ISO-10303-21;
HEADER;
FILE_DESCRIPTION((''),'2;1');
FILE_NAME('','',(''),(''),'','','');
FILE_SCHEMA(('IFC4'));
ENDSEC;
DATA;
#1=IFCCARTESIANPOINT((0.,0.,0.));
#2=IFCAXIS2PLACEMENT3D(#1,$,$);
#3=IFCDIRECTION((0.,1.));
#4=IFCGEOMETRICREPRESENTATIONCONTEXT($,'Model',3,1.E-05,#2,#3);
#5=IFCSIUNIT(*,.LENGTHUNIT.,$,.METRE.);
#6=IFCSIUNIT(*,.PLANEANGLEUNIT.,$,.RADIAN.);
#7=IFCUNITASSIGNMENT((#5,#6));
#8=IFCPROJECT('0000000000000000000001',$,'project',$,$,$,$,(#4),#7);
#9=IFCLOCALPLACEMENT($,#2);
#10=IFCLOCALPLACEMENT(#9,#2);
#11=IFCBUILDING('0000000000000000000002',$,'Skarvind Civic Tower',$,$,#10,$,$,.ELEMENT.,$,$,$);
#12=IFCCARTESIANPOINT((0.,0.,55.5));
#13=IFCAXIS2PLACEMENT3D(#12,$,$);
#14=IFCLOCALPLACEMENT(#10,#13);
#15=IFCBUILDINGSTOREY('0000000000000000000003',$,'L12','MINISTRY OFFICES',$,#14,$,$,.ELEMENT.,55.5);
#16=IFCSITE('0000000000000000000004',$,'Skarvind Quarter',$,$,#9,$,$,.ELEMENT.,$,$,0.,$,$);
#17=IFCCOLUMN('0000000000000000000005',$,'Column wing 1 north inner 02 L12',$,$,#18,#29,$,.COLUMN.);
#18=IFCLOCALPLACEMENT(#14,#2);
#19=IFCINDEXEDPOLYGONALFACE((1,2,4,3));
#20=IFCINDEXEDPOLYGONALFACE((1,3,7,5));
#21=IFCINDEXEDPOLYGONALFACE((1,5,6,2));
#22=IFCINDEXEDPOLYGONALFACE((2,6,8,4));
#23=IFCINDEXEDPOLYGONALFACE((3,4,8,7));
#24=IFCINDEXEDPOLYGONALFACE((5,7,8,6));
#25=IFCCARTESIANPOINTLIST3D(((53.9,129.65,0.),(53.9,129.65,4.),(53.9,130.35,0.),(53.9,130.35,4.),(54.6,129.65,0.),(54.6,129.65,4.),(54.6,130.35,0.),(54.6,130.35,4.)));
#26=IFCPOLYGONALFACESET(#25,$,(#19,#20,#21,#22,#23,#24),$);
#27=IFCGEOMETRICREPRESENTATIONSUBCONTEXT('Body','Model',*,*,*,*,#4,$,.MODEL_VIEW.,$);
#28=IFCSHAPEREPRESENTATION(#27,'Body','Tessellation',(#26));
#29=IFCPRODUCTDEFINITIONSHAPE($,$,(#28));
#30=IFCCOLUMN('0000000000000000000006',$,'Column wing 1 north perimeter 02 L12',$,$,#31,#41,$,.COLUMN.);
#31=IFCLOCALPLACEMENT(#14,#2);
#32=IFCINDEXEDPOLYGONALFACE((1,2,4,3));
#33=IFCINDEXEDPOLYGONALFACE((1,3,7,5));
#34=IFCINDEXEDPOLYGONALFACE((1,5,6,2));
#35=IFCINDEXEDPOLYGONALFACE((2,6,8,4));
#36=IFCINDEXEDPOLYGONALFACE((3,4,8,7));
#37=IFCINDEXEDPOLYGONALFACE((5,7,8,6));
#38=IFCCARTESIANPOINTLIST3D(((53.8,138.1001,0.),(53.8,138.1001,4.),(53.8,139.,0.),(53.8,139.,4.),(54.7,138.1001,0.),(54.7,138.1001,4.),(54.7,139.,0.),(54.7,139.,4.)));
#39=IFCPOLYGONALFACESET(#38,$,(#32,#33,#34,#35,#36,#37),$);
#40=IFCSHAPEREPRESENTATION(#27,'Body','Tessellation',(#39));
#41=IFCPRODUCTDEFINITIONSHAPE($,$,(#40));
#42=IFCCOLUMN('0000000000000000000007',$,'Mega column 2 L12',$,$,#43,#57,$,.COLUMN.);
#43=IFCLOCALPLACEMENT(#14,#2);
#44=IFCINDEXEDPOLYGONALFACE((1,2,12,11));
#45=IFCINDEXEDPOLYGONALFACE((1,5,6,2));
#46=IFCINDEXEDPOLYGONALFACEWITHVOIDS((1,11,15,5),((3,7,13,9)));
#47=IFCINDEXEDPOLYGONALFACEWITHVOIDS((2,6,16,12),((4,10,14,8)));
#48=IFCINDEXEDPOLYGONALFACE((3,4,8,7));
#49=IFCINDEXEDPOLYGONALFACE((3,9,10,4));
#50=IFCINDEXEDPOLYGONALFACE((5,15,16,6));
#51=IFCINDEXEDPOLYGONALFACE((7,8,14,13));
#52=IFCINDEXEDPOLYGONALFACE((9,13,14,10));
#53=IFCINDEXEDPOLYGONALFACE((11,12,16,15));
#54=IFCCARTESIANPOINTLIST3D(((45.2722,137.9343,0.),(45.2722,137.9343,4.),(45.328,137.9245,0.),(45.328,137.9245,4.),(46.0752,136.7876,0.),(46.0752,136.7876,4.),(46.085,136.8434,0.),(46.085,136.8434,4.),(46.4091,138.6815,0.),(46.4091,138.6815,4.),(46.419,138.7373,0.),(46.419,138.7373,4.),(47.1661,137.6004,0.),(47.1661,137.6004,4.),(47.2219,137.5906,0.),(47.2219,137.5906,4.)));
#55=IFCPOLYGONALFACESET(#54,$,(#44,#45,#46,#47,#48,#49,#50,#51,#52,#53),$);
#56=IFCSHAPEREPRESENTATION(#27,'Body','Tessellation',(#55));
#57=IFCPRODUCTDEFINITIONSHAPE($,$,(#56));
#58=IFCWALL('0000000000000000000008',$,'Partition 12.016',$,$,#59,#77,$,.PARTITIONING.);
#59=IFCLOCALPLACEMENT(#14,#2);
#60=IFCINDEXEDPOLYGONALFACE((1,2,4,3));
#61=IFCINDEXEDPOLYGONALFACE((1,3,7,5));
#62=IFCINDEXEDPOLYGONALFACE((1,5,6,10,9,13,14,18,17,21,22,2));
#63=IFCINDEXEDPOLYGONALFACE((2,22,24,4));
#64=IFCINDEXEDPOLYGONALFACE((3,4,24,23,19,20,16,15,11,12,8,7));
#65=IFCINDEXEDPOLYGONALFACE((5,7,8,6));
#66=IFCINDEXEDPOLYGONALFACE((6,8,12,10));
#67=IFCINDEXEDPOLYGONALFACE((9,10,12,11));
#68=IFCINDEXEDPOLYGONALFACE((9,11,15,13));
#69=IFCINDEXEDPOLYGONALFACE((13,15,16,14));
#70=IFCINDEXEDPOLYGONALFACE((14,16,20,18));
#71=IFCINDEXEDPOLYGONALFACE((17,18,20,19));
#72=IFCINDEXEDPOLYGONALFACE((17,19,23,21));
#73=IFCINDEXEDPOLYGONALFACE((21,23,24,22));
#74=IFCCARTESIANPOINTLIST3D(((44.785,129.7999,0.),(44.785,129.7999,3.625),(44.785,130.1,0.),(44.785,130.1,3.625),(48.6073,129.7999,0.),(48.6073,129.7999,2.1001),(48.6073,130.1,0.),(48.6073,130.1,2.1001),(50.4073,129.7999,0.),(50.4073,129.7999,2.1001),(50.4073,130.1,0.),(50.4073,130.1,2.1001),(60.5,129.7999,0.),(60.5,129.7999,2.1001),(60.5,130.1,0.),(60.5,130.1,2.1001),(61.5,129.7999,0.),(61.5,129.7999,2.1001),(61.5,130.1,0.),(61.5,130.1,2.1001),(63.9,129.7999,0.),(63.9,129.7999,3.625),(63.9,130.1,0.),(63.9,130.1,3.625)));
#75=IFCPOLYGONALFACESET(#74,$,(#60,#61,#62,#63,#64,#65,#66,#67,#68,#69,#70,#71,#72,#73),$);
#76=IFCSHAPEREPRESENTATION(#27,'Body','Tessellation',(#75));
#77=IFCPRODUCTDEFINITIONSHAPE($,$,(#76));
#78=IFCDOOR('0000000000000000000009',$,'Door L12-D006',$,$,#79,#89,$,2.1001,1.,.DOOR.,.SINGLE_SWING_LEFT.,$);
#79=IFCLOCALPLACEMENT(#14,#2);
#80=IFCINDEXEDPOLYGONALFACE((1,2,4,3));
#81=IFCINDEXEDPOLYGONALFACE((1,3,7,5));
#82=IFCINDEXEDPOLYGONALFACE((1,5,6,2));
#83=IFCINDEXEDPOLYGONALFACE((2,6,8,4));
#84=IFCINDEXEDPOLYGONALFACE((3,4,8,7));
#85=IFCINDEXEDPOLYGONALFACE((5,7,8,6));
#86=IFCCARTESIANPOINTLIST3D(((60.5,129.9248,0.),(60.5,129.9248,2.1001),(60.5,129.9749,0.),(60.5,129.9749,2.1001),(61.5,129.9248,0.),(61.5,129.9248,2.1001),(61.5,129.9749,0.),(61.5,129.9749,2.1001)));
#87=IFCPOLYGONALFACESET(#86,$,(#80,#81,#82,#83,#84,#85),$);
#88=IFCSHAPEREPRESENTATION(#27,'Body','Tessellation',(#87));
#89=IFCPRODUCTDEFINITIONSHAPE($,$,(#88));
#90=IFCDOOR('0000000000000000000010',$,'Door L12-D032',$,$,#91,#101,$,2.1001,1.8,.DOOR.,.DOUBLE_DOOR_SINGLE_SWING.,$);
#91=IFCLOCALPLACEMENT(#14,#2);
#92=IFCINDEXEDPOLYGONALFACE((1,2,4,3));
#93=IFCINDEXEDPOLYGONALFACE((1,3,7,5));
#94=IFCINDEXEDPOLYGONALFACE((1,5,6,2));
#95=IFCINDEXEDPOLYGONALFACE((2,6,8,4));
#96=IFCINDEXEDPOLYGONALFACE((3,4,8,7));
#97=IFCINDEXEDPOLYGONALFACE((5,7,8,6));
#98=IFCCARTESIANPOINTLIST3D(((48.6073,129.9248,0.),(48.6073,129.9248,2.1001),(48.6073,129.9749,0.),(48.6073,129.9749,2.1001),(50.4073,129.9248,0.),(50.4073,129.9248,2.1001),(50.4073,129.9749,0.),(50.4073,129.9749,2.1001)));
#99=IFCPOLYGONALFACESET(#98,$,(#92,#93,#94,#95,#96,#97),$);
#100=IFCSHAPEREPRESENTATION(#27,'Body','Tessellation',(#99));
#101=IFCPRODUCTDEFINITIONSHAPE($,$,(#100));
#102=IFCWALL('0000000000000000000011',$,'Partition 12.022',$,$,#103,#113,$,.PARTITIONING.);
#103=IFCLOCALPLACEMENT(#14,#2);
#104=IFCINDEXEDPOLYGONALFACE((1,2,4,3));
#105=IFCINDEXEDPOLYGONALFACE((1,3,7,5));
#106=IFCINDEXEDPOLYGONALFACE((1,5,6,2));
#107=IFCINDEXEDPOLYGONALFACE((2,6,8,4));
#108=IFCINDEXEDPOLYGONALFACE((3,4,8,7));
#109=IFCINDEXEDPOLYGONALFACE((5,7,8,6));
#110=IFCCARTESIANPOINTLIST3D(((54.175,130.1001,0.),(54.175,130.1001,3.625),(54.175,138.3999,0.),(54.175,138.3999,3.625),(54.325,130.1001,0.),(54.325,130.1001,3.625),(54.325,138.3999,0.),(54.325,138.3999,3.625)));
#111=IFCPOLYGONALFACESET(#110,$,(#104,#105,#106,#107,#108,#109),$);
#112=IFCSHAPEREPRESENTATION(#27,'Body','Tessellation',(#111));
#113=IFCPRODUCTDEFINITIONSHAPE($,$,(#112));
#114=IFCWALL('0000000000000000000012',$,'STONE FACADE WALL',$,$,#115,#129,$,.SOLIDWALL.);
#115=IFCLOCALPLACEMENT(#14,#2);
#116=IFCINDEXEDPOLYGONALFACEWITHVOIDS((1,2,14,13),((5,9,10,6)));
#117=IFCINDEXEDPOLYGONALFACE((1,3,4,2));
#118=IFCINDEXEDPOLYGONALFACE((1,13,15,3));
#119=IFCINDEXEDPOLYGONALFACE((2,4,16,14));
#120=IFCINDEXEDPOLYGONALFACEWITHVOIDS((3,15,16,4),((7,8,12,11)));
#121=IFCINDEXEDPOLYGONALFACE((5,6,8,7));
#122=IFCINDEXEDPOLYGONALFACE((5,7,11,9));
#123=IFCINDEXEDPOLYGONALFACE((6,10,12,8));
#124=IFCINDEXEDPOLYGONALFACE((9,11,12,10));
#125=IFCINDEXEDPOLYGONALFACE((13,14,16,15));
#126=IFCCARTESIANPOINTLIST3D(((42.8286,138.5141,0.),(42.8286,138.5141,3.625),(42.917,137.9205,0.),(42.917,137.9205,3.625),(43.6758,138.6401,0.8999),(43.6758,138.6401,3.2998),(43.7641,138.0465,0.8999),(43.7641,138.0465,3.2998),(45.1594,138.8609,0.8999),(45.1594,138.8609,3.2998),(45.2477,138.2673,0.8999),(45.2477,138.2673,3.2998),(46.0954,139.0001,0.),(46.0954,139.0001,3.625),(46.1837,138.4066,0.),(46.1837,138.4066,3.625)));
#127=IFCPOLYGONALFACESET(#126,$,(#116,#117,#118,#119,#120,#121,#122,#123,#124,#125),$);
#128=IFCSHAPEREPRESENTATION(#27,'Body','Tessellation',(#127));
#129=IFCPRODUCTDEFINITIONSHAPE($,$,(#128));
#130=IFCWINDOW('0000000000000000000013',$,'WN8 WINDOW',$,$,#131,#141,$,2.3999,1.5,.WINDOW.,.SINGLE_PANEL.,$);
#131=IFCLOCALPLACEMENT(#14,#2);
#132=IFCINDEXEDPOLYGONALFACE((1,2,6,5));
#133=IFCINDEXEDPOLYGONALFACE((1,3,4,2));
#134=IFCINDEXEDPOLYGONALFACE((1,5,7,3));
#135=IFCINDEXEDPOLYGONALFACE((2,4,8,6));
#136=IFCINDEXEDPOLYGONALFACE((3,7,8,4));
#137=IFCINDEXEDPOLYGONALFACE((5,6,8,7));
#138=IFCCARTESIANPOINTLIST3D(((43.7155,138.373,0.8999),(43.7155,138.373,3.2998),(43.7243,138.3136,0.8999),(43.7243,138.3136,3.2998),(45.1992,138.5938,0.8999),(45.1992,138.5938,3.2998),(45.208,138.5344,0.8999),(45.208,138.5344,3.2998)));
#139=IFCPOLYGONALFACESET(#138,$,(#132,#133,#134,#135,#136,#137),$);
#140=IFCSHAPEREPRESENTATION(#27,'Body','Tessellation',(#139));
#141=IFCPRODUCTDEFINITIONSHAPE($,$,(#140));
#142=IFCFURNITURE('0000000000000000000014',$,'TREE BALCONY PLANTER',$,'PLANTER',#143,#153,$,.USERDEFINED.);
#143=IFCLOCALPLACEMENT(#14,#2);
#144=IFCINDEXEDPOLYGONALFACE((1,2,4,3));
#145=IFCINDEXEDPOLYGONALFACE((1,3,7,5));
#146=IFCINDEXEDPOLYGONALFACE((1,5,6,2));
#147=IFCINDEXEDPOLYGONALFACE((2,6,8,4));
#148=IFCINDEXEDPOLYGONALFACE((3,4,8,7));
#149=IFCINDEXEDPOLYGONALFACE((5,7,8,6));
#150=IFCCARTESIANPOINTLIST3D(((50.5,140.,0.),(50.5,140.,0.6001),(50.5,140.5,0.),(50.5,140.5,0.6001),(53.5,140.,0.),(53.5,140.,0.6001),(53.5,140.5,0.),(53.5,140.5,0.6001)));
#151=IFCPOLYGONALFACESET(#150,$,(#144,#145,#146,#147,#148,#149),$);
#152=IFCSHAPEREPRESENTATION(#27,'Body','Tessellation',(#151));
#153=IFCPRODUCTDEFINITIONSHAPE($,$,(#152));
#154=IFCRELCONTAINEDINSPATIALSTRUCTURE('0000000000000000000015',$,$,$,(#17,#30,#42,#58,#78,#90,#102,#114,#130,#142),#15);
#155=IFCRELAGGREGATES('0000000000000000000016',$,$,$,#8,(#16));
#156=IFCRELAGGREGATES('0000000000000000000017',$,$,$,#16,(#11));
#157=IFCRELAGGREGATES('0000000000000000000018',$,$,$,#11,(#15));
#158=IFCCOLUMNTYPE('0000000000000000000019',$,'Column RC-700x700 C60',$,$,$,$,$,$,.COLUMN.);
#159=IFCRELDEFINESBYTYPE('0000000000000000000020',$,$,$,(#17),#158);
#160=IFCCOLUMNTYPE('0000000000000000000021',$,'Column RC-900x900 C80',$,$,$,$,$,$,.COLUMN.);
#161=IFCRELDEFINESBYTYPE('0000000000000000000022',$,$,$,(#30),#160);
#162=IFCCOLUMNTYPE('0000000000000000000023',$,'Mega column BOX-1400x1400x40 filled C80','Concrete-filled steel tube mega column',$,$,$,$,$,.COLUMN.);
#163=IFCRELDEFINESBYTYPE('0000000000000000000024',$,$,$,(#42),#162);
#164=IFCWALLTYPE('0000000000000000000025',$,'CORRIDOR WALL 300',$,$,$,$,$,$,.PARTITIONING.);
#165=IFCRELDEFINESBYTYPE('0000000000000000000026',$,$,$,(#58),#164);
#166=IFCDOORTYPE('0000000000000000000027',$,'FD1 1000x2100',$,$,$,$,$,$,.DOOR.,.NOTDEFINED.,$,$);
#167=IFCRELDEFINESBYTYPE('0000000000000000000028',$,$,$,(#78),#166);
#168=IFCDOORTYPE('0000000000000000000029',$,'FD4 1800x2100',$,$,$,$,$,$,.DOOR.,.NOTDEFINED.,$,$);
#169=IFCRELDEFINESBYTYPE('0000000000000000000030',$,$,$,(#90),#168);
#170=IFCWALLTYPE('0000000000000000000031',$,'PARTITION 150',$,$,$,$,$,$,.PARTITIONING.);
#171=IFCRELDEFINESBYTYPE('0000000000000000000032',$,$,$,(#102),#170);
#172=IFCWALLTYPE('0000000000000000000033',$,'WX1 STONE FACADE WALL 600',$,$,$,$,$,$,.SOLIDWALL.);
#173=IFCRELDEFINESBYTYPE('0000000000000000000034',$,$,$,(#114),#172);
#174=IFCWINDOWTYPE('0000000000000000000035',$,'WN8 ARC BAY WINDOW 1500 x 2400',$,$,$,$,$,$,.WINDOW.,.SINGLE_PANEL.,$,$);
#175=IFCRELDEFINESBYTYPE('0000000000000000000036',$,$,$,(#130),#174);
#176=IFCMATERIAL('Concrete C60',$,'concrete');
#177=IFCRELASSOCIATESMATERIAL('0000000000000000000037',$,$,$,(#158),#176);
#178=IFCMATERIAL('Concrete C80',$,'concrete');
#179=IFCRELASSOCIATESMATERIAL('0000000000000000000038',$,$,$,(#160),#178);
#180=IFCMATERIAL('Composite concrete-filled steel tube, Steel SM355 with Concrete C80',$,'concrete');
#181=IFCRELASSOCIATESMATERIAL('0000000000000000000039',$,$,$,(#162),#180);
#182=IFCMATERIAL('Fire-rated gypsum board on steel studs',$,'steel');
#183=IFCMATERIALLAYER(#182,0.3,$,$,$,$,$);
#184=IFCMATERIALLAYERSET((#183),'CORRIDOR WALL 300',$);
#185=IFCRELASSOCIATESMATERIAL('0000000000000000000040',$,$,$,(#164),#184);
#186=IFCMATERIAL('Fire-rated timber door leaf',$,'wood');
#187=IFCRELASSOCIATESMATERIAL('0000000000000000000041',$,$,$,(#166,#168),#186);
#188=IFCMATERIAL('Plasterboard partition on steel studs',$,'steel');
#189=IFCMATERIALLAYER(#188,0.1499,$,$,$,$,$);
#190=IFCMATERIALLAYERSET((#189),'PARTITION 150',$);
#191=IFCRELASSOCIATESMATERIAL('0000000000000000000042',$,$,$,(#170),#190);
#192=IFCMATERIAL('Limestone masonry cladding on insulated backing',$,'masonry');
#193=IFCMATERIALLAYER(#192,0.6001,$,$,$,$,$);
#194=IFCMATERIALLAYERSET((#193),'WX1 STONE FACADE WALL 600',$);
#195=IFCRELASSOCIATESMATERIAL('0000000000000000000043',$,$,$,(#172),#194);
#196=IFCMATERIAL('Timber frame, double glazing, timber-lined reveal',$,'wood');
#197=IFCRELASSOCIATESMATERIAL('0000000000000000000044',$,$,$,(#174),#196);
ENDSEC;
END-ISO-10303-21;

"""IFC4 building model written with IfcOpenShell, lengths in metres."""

from ifc_helpers import new_model, si_unit, direction, frame, frame_2d, origin, origin_2d, place, context, subcontext, project, spatial, rectangle, hollow_rectangle, extrude, material, layer, layer_set, material_profile, profile_set, type_object, element, fill, save


model = new_model("IFC4")

# Units and contexts
model_context = context("Model", 3, precision=1e-05, world=origin(), true_north=direction((0.0, 1.0)))
body_context = subcontext(model_context, "Body", "Model", "MODEL_VIEW")
ifc_project = project(units=[si_unit("LENGTHUNIT", "METRE"), si_unit("PLANEANGLEUNIT", "RADIAN")], contexts=[model_context])

# Site, building, storey
site_placement = place(None, origin())
site = spatial("IfcSite", under=ifc_project, at=site_placement, Name="Skarvind Quarter", CompositionType="ELEMENT", RefElevation=0.0)
building_placement = place(site_placement, origin())
building = spatial("IfcBuilding", under=site, at=building_placement, Name="Skarvind Civic Tower", CompositionType="ELEMENT")
storey_placement = place(building_placement, frame((0.0, 0.0, 55.5)))
storey = spatial("IfcBuildingStorey", under=building, at=storey_placement, Name="L12", Description="MINISTRY OFFICES", CompositionType="ELEMENT", Elevation=55.5)

# Columns
ifc_material_1 = material(Name="Concrete C60", Category="concrete")
ifc_material_profile_1 = material_profile(ifc_material_1, rectangle(XDim=0.7, YDim=0.7, at=origin_2d()), Name="RC-700x700")
ifc_profile_set_1 = profile_set([ifc_material_profile_1], Name="Concrete C60")
column_type_1 = type_object("IfcColumnType", Name="Column RC-700x700 C60", PredefinedType="COLUMN", material=ifc_profile_set_1)
column_1_placement = place(storey_placement, frame((54.25, 130.0, 0.0), z_axis=(0.0, 0.0, 1.0), x_axis=(1.0, 0.0, 0.0)))
element("IfcColumn", 1, at=column_1_placement, inside=storey, type_object=column_type_1, Name="Column wing 1 north inner 02 L12", PredefinedType="COLUMN", context=body_context, shape_type="SweptSolid", body=[
    extrude(rectangle(XDim=0.7, YDim=0.7, at=origin_2d()), origin(), (0.0, 0.0, 1.0), 4.0),
])
ifc_material_2 = material(Name="Concrete C80", Category="concrete")
ifc_material_profile_2 = material_profile(ifc_material_2, rectangle(XDim=0.8999, YDim=0.8999, at=origin_2d()), Name="RC-900x900")
ifc_profile_set_2 = profile_set([ifc_material_profile_2], Name="Concrete C80")
column_type_2 = type_object("IfcColumnType", Name="Column RC-900x900 C80", PredefinedType="COLUMN", material=ifc_profile_set_2)
column_2_placement = place(storey_placement, frame((54.25, 138.55, 0.0), z_axis=(0.0, 0.0, 1.0), x_axis=(1.0, 0.0, 0.0)))
element("IfcColumn", 2, at=column_2_placement, inside=storey, type_object=column_type_2, Name="Column wing 1 north perimeter 02 L12", PredefinedType="COLUMN", context=body_context, shape_type="SweptSolid", body=[
    extrude(rectangle(XDim=0.8999, YDim=0.8999, at=origin_2d()), origin(), (0.0, 0.0, 1.0), 4.0),
])
ifc_material_3 = material(Name="Composite concrete-filled steel tube, Steel SM355 with Concrete C80", Category="concrete")
ifc_material_profile_3 = material_profile(ifc_material_3, hollow_rectangle(XDim=1.3999, YDim=1.3999, WallThickness=0.04, at=origin_2d()), Name="BOX-1400x1400x40")
ifc_profile_set_3 = profile_set([ifc_material_profile_3], Name="Composite concrete-filled steel tube, Steel SM355 with Concrete C80")
column_type_3 = type_object("IfcColumnType", Name="Mega column BOX-1400x1400x40 filled C80", Description="Concrete-filled steel tube mega column", PredefinedType="COLUMN", material=ifc_profile_set_3)
column_3_placement = place(storey_placement, frame((46.2471, 137.7625, 0.0), z_axis=(0.0, 0.0, 1.0), x_axis=(0.573576, -0.819152, 0.0)))
element("IfcColumn", 3, at=column_3_placement, inside=storey, type_object=column_type_3, Name="Mega column 2 L12", PredefinedType="COLUMN", context=body_context, shape_type="SweptSolid", body=[
    extrude(hollow_rectangle(XDim=1.3999, YDim=1.3999, WallThickness=0.04, at=origin_2d()), origin(), (0.0, 0.0, 1.0), 4.0),
])

# Wall, openings, doors
ifc_material_4 = material(Name="Fire-rated gypsum board on steel studs", Category="steel")
ifc_layer_1 = layer(ifc_material_4, 0.3)
ifc_layer_set_1 = layer_set([ifc_layer_1], Name="CORRIDOR WALL 300")
wall_type_1 = type_object("IfcWallType", Name="CORRIDOR WALL 300", PredefinedType="PARTITIONING", material=ifc_layer_set_1)
wall_1_placement = place(storey_placement, frame((44.7849, 129.95, 0.0), z_axis=(0.0, 0.0, 1.0), x_axis=(1.0, 0.0, 0.0)))
wall_1 = element("IfcWall", 4, at=wall_1_placement, inside=storey, type_object=wall_type_1, Name="Partition 12.016", PredefinedType="PARTITIONING", context=body_context, shape_type="SweptSolid", body=[
    extrude(rectangle(XDim=19.115, YDim=0.3, at=frame_2d((9.5576, 0.0))), origin(), (0.0, 0.0, 1.0), 3.625),
])
opening_1_placement = place(wall_1_placement, frame((15.7151, 0.0, 0.0)))
opening_1 = element("IfcOpeningElement", 5, at=opening_1_placement, cuts=wall_1, PredefinedType="OPENING", context=body_context, shape_type="SweptSolid", body=[
    extrude(rectangle(XDim=1.0, YDim=2.1001, at=frame_2d((0.5, 1.05))), frame((0.0, 0.1599, 0.0), z_axis=(0.0, -1.0, 0.0), x_axis=(1.0, 0.0, 0.0)), (0.0, 0.0, 1.0), 0.3201),
])
opening_2_placement = place(wall_1_placement, frame((3.8225, 0.0, 0.0)))
opening_2 = element("IfcOpeningElement", 6, at=opening_2_placement, cuts=wall_1, PredefinedType="OPENING", context=body_context, shape_type="SweptSolid", body=[
    extrude(rectangle(XDim=1.8, YDim=2.1001, at=frame_2d((0.8999, 1.05))), frame((0.0, 0.1599, 0.0), z_axis=(0.0, -1.0, 0.0), x_axis=(1.0, 0.0, 0.0)), (0.0, 0.0, 1.0), 0.3201),
])
ifc_material_5 = material(Name="Fire-rated timber door leaf", Category="wood")
door_type_1 = type_object("IfcDoorType", Name="FD1 1000x2100", OperationType="NOTDEFINED", PredefinedType="DOOR", material=ifc_material_5)
door_1_placement = place(opening_1_placement, origin())
door_1 = element("IfcDoor", 7, at=door_1_placement, inside=storey, type_object=door_type_1, Name="Door L12-D006", OperationType="SINGLE_SWING_LEFT", OverallHeight=2.1001, OverallWidth=1.0, PredefinedType="DOOR", context=body_context, shape_type="SweptSolid", body=[
    extrude(rectangle(XDim=1.0, YDim=2.1001, at=frame_2d((0.5, 1.05))), frame((0.0, 0.0249, 0.0), z_axis=(0.0, -1.0, 0.0), x_axis=(1.0, 0.0, 0.0)), (0.0, 0.0, 1.0), 0.05),
])
fill(opening_1, door_1)
door_type_2 = type_object("IfcDoorType", Name="FD4 1800x2100", OperationType="NOTDEFINED", PredefinedType="DOOR", material=ifc_material_5)
door_2_placement = place(opening_2_placement, origin())
door_2 = element("IfcDoor", 8, at=door_2_placement, inside=storey, type_object=door_type_2, Name="Door L12-D032", OperationType="DOUBLE_DOOR_SINGLE_SWING", OverallHeight=2.1001, OverallWidth=1.8, PredefinedType="DOOR", context=body_context, shape_type="SweptSolid", body=[
    extrude(rectangle(XDim=1.8, YDim=2.1001, at=frame_2d((0.8999, 1.05))), frame((0.0, 0.0249, 0.0), z_axis=(0.0, -1.0, 0.0), x_axis=(1.0, 0.0, 0.0)), (0.0, 0.0, 1.0), 0.05),
])
fill(opening_2, door_2)

# Wall
ifc_material_6 = material(Name="Plasterboard partition on steel studs", Category="steel")
ifc_layer_2 = layer(ifc_material_6, 0.1499)
ifc_layer_set_2 = layer_set([ifc_layer_2], Name="PARTITION 150")
wall_type_2 = type_object("IfcWallType", Name="PARTITION 150", PredefinedType="PARTITIONING", material=ifc_layer_set_2)
wall_2_placement = place(storey_placement, frame((54.25, 138.3999, 0.0), z_axis=(0.0, 0.0, 1.0), x_axis=(0.0, -1.0, 0.0)))
element("IfcWall", 9, at=wall_2_placement, inside=storey, type_object=wall_type_2, Name="Partition 12.022", PredefinedType="PARTITIONING", context=body_context, shape_type="SweptSolid", body=[
    extrude(rectangle(XDim=8.2998, YDim=0.1499, at=frame_2d((4.1499, 0.0))), origin(), (0.0, 0.0, 1.0), 3.625),
])

# Shared definitions
ifc_material_7 = material(Name="Limestone masonry cladding on insulated backing", Category="masonry")
ifc_layer_3 = layer(ifc_material_7, 0.6001)
ifc_layer_set_3 = layer_set([ifc_layer_3], Name="WX1 STONE FACADE WALL 600")
wall_type_3 = type_object("IfcWallType", Name="WX1 STONE FACADE WALL 600", PredefinedType="SOLIDWALL", material=ifc_layer_set_3)
ifc_material_8 = material(Name="Timber frame, double glazing, timber-lined reveal", Category="wood")

# Wall, opening, window
wall_3_placement = place(storey_placement, frame((42.8728, 138.2173, 0.0), z_axis=(0.0, 0.0, 1.0), x_axis=(0.989111, 0.147173, 0.0)))
wall_3 = element("IfcWall", 10, at=wall_3_placement, inside=storey, type_object=wall_type_3, Name="STONE FACADE WALL", PredefinedType="SOLIDWALL", context=body_context, shape_type="SweptSolid", body=[
    extrude(rectangle(XDim=3.3027, YDim=0.6001, at=frame_2d((1.6514, 0.0))), origin(), (0.0, 0.0, 1.0), 3.625),
])
opening_3_placement = place(wall_3_placement, frame((0.8564, 0.0, 0.8999)))
opening_3 = element("IfcOpeningElement", 11, at=opening_3_placement, cuts=wall_3, PredefinedType="OPENING", context=body_context, shape_type="SweptSolid", body=[
    extrude(rectangle(XDim=1.5, YDim=2.3999, at=frame_2d((0.75, 1.2))), frame((0.0, 0.3101, 0.0), z_axis=(0.0, -1.0, 0.0), x_axis=(1.0, 0.0, 0.0)), (0.0, 0.0, 1.0), 0.6201),
])
window_type_1 = type_object("IfcWindowType", Name="WN8 ARC BAY WINDOW 1500 x 2400", PartitioningType="SINGLE_PANEL", PredefinedType="WINDOW", material=ifc_material_8)
window_1_placement = place(opening_3_placement, origin())
window_1 = element("IfcWindow", 12, at=window_1_placement, inside=storey, type_object=window_type_1, Name="WN8 WINDOW", OverallHeight=2.3999, OverallWidth=1.5, PartitioningType="SINGLE_PANEL", PredefinedType="WINDOW", context=body_context, shape_type="SweptSolid", body=[
    extrude(rectangle(XDim=1.5, YDim=2.3999, at=frame_2d((0.75, 1.2))), frame((0.0, 0.03, 0.0), z_axis=(0.0, -1.0, 0.0), x_axis=(1.0, 0.0, 0.0)), (0.0, 0.0, 1.0), 0.0601),
])
fill(opening_3, window_1)

# Furniture
furniture_placement = place(storey_placement, frame((52.0, 140.25, 0.0), z_axis=(0.0, 0.0, 1.0), x_axis=(1.0, 0.0, 0.0)))
element("IfcFurniture", 13, at=furniture_placement, inside=storey, Name="TREE BALCONY PLANTER", ObjectType="PLANTER", PredefinedType="USERDEFINED", context=body_context, shape_type="SweptSolid", body=[
    extrude(rectangle(XDim=3.0, YDim=0.5, at=origin_2d()), origin(), (0.0, 0.0, 1.0), 0.6001),
])

save(model, "model.ifc")
